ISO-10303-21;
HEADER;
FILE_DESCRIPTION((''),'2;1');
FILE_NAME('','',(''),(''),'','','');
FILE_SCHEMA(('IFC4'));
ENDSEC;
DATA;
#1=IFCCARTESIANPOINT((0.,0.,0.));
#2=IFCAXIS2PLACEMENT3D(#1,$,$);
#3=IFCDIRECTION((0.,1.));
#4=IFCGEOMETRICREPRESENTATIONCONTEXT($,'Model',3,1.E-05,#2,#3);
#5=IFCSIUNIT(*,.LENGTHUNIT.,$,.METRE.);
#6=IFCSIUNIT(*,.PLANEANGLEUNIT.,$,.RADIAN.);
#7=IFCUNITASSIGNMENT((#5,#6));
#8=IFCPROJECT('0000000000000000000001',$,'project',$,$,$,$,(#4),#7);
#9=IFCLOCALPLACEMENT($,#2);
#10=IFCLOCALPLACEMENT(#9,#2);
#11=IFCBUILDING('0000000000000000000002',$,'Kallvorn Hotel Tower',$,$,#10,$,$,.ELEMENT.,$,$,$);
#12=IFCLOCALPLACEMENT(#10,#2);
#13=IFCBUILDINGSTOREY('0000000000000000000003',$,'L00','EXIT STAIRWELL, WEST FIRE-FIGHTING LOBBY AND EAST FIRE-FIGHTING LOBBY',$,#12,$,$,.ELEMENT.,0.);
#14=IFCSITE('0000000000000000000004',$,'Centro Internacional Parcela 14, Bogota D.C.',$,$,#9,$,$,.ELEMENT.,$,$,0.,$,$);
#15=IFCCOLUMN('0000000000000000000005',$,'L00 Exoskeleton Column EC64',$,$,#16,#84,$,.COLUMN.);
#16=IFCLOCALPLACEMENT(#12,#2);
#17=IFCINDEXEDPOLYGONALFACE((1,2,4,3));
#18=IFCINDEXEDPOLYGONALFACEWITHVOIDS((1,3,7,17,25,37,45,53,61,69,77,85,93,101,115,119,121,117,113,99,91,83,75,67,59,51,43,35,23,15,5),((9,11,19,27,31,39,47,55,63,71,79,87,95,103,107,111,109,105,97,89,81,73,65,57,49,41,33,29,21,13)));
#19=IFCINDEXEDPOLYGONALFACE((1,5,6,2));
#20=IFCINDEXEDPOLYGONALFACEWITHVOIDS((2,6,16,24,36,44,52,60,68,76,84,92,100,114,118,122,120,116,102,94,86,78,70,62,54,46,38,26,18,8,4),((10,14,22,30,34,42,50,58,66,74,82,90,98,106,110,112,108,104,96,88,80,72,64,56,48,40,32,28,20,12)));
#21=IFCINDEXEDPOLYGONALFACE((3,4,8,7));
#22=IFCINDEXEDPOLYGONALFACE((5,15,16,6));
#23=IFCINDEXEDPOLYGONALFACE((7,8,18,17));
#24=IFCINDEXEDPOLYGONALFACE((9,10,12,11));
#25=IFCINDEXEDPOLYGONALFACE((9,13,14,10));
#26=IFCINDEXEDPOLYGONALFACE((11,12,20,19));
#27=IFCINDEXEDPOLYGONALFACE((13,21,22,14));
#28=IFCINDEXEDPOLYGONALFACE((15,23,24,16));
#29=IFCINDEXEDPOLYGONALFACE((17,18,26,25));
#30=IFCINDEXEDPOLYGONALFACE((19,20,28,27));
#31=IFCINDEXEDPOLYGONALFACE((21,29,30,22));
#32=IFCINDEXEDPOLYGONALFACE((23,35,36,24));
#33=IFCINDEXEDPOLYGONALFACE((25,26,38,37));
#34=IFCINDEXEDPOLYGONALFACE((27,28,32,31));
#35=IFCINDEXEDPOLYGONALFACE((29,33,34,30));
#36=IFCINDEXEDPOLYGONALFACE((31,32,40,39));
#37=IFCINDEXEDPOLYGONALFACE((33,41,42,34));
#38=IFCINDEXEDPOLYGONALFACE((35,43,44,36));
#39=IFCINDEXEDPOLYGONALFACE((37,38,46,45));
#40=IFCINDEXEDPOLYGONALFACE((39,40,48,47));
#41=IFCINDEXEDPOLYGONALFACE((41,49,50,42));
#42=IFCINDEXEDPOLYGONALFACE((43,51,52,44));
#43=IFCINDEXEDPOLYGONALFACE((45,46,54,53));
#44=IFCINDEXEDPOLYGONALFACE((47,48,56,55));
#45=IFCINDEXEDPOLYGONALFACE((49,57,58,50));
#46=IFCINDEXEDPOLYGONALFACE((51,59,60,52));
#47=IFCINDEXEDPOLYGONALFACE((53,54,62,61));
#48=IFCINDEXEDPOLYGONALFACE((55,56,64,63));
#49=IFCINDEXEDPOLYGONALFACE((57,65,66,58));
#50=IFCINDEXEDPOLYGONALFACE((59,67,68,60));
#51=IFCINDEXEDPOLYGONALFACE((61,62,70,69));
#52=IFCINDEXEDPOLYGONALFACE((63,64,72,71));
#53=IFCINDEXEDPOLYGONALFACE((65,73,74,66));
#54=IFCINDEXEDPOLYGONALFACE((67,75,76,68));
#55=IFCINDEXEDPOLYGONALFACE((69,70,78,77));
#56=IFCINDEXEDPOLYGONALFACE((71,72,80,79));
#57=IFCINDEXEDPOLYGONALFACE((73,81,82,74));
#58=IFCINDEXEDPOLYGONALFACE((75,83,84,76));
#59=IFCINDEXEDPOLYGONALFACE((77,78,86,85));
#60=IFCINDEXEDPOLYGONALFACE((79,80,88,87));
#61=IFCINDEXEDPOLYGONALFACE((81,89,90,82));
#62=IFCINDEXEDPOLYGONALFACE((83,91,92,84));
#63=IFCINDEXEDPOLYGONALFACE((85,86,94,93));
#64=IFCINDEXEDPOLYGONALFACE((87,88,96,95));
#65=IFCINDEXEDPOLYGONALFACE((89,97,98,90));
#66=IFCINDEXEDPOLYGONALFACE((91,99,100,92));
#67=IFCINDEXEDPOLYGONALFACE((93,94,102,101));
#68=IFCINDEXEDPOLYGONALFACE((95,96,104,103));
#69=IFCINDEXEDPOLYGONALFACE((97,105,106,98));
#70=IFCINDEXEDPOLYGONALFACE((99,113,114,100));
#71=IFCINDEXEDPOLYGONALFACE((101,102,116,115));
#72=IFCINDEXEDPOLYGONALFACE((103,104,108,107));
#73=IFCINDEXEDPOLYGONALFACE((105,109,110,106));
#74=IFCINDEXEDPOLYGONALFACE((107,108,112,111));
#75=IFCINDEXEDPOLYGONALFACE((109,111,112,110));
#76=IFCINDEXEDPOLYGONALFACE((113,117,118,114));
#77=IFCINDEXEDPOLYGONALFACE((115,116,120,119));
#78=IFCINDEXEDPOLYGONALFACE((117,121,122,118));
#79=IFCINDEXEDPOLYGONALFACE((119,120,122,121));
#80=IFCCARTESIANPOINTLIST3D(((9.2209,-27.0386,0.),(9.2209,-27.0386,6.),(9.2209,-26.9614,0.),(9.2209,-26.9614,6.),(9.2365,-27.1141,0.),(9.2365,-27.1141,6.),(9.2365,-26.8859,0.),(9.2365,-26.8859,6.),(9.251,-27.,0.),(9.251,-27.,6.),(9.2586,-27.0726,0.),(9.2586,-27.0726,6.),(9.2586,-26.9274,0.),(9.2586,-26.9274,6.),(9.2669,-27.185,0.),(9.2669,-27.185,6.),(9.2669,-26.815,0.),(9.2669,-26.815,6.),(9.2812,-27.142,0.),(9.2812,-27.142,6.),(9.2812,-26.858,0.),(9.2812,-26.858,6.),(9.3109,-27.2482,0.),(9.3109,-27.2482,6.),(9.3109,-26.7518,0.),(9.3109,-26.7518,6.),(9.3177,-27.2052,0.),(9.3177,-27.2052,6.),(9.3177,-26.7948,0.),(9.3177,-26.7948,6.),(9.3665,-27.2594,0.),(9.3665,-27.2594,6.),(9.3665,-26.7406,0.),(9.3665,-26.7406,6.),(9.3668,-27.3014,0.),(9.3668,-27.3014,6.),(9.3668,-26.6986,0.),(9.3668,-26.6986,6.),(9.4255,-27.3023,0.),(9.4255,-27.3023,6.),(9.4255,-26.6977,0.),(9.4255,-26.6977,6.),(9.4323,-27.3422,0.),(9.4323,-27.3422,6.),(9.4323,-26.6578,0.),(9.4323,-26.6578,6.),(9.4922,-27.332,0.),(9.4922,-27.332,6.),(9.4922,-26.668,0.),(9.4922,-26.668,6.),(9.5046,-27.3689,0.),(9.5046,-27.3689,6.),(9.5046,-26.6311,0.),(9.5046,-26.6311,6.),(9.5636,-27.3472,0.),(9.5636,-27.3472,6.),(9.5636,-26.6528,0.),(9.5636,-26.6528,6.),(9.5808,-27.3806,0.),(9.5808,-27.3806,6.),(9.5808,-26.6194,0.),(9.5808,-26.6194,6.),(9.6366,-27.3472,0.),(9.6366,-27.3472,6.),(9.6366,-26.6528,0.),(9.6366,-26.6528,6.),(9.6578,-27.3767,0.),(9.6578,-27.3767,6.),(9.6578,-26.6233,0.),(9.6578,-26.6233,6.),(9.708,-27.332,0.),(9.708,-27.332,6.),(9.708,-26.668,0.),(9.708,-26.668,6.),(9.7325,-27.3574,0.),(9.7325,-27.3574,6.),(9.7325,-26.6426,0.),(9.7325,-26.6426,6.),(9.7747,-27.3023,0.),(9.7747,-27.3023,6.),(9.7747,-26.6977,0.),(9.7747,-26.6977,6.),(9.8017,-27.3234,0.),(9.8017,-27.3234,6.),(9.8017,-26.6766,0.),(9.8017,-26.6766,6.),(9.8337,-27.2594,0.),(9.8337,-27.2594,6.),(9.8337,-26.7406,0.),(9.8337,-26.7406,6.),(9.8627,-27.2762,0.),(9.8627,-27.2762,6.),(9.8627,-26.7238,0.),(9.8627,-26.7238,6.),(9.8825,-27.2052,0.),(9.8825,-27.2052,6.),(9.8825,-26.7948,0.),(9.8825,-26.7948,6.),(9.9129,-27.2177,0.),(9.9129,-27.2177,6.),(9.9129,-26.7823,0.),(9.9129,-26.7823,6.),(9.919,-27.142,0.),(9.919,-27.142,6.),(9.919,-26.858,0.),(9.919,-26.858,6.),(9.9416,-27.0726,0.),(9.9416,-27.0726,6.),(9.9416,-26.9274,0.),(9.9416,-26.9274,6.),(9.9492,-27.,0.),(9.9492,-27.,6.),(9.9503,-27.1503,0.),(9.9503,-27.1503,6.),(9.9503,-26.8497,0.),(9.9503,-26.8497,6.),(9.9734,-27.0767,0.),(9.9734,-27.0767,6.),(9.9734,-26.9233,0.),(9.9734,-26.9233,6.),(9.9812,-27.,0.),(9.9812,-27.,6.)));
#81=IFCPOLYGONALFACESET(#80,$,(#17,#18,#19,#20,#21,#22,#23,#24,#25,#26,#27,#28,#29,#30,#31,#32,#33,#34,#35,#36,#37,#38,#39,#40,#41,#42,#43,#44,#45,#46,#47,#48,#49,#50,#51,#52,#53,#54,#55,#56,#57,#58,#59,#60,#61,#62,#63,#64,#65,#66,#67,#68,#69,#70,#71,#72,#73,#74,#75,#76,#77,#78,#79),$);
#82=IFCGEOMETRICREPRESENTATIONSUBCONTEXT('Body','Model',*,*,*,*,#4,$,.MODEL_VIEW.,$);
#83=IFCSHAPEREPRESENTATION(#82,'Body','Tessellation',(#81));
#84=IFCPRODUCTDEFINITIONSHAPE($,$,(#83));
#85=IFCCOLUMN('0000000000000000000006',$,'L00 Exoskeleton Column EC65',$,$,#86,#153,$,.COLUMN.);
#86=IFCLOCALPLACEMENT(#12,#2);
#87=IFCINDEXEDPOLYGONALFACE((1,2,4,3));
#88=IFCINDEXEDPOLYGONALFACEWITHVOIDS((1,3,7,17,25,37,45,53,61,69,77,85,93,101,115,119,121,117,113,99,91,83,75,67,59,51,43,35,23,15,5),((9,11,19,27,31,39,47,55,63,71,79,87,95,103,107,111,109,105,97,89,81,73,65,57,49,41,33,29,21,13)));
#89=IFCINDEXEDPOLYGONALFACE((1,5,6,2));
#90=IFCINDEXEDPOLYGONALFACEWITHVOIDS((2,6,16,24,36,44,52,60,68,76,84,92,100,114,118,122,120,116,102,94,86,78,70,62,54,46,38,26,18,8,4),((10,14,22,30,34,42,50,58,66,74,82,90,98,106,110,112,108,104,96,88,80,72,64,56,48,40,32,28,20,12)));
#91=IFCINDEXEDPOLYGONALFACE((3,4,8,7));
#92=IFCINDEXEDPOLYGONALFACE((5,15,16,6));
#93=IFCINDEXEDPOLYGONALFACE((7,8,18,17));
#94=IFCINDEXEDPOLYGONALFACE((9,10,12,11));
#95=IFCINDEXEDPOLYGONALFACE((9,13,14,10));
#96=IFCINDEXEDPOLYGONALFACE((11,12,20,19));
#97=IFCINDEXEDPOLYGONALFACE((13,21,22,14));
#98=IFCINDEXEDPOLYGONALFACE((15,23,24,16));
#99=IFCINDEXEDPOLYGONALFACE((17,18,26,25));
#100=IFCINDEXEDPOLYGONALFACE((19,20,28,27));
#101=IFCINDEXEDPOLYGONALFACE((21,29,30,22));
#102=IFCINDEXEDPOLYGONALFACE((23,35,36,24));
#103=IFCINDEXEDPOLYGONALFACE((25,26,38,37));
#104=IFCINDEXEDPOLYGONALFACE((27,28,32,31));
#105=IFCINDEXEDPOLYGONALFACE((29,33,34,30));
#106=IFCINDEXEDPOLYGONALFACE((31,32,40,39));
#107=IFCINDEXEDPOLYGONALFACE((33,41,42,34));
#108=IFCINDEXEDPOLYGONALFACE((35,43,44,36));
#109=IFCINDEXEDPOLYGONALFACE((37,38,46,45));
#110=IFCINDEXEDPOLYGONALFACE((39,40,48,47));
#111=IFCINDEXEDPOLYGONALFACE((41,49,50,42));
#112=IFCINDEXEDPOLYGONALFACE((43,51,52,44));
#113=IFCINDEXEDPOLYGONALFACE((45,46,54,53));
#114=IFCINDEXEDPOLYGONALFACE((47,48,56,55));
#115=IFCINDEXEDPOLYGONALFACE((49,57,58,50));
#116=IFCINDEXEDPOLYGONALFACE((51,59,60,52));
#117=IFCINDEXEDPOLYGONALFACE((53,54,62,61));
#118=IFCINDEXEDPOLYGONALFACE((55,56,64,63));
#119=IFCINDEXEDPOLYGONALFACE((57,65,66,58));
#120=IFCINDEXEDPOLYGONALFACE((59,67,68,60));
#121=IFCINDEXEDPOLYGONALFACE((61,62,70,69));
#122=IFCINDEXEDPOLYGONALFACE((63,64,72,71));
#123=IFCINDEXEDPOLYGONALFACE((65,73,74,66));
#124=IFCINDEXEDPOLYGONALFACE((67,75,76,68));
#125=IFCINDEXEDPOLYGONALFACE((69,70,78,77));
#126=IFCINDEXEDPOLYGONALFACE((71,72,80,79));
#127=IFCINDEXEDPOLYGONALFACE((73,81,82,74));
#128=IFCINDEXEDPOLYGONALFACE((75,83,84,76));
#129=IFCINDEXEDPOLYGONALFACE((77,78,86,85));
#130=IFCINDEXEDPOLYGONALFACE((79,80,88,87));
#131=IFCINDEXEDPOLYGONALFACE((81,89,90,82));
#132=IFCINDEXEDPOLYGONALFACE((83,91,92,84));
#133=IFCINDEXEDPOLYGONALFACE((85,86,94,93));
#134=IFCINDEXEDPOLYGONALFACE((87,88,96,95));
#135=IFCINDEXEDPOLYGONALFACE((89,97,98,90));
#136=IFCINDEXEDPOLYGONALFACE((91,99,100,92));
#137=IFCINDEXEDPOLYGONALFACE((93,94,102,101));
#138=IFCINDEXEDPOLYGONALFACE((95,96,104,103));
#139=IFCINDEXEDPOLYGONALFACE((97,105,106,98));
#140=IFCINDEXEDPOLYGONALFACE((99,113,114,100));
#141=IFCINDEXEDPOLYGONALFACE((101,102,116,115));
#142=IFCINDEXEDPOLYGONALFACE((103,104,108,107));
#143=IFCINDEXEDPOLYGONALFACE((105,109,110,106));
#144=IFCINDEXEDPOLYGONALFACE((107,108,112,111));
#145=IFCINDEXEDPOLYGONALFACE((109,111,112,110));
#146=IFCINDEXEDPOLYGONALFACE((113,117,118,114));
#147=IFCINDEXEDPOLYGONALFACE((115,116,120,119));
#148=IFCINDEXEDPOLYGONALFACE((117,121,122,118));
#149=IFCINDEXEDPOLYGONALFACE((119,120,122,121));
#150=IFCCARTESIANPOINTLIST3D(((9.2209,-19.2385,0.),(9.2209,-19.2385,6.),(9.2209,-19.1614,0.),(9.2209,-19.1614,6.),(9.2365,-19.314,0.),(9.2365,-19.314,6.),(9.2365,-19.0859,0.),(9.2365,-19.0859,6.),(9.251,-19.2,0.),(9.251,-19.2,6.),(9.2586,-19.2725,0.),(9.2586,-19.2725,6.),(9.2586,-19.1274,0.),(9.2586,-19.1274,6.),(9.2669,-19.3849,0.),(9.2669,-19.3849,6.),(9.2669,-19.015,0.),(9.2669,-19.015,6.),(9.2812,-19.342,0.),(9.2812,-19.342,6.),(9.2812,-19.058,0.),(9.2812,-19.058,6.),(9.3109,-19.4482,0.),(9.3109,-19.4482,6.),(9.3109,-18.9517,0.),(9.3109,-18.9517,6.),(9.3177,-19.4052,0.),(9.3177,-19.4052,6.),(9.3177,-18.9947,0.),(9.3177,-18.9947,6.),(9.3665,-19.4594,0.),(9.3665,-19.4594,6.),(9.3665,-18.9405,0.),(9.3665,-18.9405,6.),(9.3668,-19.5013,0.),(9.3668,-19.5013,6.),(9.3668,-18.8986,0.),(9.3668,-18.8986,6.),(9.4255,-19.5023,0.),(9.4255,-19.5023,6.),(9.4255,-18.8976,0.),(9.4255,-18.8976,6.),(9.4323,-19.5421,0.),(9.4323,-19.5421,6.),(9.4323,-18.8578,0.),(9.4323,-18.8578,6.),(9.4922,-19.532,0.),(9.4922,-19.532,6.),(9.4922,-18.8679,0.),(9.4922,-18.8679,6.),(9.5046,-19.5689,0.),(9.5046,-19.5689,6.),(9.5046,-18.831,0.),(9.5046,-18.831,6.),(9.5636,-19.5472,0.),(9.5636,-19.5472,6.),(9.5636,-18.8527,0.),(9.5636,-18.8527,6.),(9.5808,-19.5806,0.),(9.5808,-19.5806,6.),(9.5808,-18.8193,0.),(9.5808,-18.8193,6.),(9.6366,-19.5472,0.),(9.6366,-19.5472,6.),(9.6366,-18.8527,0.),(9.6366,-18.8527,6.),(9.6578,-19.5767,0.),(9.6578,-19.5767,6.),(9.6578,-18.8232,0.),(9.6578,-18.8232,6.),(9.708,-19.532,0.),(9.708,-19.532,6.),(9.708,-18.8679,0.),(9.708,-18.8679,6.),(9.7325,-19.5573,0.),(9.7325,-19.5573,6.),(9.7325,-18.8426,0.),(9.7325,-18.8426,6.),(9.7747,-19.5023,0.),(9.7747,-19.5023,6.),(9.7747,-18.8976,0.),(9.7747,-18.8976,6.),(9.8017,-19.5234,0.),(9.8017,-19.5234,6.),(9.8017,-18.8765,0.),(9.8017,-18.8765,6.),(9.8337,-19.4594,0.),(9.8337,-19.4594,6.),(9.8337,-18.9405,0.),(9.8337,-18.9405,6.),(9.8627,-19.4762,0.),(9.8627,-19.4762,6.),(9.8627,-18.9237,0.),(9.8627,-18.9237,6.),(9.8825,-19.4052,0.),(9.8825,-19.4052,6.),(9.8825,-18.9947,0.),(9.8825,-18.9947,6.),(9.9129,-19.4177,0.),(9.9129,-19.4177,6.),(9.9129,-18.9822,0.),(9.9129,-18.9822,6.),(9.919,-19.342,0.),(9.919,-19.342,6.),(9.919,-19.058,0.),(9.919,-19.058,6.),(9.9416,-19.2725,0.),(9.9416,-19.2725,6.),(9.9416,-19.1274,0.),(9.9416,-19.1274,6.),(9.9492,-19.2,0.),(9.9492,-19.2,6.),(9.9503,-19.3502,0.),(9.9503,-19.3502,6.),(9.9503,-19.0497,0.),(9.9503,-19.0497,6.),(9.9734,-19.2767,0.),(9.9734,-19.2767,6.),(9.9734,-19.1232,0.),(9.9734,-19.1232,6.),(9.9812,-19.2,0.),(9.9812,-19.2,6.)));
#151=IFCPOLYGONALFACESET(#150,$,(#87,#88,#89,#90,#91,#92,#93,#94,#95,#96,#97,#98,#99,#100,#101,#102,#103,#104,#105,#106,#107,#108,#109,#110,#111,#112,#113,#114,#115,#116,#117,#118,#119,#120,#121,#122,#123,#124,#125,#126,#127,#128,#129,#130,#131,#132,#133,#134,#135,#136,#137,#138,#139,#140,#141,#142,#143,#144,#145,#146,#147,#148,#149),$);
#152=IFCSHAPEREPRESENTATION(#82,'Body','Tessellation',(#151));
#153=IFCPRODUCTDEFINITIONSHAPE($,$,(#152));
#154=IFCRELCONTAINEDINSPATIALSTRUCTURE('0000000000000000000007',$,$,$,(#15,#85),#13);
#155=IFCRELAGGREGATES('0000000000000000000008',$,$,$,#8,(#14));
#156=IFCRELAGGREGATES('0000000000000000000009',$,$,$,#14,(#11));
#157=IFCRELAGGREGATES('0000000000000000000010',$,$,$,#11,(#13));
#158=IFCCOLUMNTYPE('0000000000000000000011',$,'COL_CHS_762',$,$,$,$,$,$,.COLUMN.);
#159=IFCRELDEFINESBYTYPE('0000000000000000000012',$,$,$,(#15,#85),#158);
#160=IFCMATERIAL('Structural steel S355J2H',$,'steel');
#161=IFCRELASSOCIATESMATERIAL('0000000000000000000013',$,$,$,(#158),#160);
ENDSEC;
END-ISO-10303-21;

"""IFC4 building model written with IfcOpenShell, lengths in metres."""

from ifc_helpers import new_model, si_unit, direction, frame, origin, origin_2d, place, context, subcontext, project, spatial, hollow_circle, extrude, material, material_profile, profile_set, type_object, element, save


model = new_model("IFC4")

# Units and contexts
model_context = context("Model", 3, precision=1e-05, world=origin(), true_north=direction((0.0, 1.0)))
body_context = subcontext(model_context, "Body", "Model", "MODEL_VIEW")
ifc_project = project(units=[si_unit("LENGTHUNIT", "METRE"), si_unit("PLANEANGLEUNIT", "RADIAN")], contexts=[model_context])

# Site, building, storey
site_placement = place(None, origin())
site = spatial("IfcSite", under=ifc_project, at=site_placement, Name="Centro Internacional Parcela 14, Bogota D.C.", CompositionType="ELEMENT", RefElevation=0.0)
building_placement = place(site_placement, origin())
building = spatial("IfcBuilding", under=site, at=building_placement, Name="Kallvorn Hotel Tower", CompositionType="ELEMENT")
storey_placement = place(building_placement, origin())
storey = spatial("IfcBuildingStorey", under=building, at=storey_placement, Name="L00", Description="EXIT STAIRWELL, WEST FIRE-FIGHTING LOBBY AND EAST FIRE-FIGHTING LOBBY", CompositionType="ELEMENT", Elevation=0.0)

# Columns
ifc_material_1 = material(Name="Structural steel S355J2H", Category="steel")
ifc_material_profile_1 = material_profile(ifc_material_1, hollow_circle(Radius=0.3811, WallThickness=0.032, at=origin_2d()), Name="CHS 762x32")
ifc_profile_set_1 = profile_set([ifc_material_profile_1], Name="Structural steel S355J2H")
column_type_1 = type_object("IfcColumnType", Name="COL_CHS_762", PredefinedType="COLUMN", material=ifc_profile_set_1)
for number, where, z_axis, x_axis, name in (
    (1, (9.6001, -27.0, 0.0), (0.0, 0.0, 1.0), (1.0, 0.0, 0.0), "L00 Exoskeleton Column EC64"),
    (2, (9.6001, -19.2, 0.0), (0.0, 0.0, 1.0), (1.0, 0.0, 0.0), "L00 Exoskeleton Column EC65"),
):
    element("IfcColumn", number, at=place(storey_placement, frame(where, z_axis=z_axis, x_axis=x_axis)), inside=storey, type_object=column_type_1, Name=name, PredefinedType="COLUMN", context=body_context, shape_type="SweptSolid", body=[
        extrude(hollow_circle(Radius=0.3811, WallThickness=0.032, at=origin_2d()), origin(), (0.0, 0.0, 1.0), 6.0),
    ])

save(model, "model.ifc")
